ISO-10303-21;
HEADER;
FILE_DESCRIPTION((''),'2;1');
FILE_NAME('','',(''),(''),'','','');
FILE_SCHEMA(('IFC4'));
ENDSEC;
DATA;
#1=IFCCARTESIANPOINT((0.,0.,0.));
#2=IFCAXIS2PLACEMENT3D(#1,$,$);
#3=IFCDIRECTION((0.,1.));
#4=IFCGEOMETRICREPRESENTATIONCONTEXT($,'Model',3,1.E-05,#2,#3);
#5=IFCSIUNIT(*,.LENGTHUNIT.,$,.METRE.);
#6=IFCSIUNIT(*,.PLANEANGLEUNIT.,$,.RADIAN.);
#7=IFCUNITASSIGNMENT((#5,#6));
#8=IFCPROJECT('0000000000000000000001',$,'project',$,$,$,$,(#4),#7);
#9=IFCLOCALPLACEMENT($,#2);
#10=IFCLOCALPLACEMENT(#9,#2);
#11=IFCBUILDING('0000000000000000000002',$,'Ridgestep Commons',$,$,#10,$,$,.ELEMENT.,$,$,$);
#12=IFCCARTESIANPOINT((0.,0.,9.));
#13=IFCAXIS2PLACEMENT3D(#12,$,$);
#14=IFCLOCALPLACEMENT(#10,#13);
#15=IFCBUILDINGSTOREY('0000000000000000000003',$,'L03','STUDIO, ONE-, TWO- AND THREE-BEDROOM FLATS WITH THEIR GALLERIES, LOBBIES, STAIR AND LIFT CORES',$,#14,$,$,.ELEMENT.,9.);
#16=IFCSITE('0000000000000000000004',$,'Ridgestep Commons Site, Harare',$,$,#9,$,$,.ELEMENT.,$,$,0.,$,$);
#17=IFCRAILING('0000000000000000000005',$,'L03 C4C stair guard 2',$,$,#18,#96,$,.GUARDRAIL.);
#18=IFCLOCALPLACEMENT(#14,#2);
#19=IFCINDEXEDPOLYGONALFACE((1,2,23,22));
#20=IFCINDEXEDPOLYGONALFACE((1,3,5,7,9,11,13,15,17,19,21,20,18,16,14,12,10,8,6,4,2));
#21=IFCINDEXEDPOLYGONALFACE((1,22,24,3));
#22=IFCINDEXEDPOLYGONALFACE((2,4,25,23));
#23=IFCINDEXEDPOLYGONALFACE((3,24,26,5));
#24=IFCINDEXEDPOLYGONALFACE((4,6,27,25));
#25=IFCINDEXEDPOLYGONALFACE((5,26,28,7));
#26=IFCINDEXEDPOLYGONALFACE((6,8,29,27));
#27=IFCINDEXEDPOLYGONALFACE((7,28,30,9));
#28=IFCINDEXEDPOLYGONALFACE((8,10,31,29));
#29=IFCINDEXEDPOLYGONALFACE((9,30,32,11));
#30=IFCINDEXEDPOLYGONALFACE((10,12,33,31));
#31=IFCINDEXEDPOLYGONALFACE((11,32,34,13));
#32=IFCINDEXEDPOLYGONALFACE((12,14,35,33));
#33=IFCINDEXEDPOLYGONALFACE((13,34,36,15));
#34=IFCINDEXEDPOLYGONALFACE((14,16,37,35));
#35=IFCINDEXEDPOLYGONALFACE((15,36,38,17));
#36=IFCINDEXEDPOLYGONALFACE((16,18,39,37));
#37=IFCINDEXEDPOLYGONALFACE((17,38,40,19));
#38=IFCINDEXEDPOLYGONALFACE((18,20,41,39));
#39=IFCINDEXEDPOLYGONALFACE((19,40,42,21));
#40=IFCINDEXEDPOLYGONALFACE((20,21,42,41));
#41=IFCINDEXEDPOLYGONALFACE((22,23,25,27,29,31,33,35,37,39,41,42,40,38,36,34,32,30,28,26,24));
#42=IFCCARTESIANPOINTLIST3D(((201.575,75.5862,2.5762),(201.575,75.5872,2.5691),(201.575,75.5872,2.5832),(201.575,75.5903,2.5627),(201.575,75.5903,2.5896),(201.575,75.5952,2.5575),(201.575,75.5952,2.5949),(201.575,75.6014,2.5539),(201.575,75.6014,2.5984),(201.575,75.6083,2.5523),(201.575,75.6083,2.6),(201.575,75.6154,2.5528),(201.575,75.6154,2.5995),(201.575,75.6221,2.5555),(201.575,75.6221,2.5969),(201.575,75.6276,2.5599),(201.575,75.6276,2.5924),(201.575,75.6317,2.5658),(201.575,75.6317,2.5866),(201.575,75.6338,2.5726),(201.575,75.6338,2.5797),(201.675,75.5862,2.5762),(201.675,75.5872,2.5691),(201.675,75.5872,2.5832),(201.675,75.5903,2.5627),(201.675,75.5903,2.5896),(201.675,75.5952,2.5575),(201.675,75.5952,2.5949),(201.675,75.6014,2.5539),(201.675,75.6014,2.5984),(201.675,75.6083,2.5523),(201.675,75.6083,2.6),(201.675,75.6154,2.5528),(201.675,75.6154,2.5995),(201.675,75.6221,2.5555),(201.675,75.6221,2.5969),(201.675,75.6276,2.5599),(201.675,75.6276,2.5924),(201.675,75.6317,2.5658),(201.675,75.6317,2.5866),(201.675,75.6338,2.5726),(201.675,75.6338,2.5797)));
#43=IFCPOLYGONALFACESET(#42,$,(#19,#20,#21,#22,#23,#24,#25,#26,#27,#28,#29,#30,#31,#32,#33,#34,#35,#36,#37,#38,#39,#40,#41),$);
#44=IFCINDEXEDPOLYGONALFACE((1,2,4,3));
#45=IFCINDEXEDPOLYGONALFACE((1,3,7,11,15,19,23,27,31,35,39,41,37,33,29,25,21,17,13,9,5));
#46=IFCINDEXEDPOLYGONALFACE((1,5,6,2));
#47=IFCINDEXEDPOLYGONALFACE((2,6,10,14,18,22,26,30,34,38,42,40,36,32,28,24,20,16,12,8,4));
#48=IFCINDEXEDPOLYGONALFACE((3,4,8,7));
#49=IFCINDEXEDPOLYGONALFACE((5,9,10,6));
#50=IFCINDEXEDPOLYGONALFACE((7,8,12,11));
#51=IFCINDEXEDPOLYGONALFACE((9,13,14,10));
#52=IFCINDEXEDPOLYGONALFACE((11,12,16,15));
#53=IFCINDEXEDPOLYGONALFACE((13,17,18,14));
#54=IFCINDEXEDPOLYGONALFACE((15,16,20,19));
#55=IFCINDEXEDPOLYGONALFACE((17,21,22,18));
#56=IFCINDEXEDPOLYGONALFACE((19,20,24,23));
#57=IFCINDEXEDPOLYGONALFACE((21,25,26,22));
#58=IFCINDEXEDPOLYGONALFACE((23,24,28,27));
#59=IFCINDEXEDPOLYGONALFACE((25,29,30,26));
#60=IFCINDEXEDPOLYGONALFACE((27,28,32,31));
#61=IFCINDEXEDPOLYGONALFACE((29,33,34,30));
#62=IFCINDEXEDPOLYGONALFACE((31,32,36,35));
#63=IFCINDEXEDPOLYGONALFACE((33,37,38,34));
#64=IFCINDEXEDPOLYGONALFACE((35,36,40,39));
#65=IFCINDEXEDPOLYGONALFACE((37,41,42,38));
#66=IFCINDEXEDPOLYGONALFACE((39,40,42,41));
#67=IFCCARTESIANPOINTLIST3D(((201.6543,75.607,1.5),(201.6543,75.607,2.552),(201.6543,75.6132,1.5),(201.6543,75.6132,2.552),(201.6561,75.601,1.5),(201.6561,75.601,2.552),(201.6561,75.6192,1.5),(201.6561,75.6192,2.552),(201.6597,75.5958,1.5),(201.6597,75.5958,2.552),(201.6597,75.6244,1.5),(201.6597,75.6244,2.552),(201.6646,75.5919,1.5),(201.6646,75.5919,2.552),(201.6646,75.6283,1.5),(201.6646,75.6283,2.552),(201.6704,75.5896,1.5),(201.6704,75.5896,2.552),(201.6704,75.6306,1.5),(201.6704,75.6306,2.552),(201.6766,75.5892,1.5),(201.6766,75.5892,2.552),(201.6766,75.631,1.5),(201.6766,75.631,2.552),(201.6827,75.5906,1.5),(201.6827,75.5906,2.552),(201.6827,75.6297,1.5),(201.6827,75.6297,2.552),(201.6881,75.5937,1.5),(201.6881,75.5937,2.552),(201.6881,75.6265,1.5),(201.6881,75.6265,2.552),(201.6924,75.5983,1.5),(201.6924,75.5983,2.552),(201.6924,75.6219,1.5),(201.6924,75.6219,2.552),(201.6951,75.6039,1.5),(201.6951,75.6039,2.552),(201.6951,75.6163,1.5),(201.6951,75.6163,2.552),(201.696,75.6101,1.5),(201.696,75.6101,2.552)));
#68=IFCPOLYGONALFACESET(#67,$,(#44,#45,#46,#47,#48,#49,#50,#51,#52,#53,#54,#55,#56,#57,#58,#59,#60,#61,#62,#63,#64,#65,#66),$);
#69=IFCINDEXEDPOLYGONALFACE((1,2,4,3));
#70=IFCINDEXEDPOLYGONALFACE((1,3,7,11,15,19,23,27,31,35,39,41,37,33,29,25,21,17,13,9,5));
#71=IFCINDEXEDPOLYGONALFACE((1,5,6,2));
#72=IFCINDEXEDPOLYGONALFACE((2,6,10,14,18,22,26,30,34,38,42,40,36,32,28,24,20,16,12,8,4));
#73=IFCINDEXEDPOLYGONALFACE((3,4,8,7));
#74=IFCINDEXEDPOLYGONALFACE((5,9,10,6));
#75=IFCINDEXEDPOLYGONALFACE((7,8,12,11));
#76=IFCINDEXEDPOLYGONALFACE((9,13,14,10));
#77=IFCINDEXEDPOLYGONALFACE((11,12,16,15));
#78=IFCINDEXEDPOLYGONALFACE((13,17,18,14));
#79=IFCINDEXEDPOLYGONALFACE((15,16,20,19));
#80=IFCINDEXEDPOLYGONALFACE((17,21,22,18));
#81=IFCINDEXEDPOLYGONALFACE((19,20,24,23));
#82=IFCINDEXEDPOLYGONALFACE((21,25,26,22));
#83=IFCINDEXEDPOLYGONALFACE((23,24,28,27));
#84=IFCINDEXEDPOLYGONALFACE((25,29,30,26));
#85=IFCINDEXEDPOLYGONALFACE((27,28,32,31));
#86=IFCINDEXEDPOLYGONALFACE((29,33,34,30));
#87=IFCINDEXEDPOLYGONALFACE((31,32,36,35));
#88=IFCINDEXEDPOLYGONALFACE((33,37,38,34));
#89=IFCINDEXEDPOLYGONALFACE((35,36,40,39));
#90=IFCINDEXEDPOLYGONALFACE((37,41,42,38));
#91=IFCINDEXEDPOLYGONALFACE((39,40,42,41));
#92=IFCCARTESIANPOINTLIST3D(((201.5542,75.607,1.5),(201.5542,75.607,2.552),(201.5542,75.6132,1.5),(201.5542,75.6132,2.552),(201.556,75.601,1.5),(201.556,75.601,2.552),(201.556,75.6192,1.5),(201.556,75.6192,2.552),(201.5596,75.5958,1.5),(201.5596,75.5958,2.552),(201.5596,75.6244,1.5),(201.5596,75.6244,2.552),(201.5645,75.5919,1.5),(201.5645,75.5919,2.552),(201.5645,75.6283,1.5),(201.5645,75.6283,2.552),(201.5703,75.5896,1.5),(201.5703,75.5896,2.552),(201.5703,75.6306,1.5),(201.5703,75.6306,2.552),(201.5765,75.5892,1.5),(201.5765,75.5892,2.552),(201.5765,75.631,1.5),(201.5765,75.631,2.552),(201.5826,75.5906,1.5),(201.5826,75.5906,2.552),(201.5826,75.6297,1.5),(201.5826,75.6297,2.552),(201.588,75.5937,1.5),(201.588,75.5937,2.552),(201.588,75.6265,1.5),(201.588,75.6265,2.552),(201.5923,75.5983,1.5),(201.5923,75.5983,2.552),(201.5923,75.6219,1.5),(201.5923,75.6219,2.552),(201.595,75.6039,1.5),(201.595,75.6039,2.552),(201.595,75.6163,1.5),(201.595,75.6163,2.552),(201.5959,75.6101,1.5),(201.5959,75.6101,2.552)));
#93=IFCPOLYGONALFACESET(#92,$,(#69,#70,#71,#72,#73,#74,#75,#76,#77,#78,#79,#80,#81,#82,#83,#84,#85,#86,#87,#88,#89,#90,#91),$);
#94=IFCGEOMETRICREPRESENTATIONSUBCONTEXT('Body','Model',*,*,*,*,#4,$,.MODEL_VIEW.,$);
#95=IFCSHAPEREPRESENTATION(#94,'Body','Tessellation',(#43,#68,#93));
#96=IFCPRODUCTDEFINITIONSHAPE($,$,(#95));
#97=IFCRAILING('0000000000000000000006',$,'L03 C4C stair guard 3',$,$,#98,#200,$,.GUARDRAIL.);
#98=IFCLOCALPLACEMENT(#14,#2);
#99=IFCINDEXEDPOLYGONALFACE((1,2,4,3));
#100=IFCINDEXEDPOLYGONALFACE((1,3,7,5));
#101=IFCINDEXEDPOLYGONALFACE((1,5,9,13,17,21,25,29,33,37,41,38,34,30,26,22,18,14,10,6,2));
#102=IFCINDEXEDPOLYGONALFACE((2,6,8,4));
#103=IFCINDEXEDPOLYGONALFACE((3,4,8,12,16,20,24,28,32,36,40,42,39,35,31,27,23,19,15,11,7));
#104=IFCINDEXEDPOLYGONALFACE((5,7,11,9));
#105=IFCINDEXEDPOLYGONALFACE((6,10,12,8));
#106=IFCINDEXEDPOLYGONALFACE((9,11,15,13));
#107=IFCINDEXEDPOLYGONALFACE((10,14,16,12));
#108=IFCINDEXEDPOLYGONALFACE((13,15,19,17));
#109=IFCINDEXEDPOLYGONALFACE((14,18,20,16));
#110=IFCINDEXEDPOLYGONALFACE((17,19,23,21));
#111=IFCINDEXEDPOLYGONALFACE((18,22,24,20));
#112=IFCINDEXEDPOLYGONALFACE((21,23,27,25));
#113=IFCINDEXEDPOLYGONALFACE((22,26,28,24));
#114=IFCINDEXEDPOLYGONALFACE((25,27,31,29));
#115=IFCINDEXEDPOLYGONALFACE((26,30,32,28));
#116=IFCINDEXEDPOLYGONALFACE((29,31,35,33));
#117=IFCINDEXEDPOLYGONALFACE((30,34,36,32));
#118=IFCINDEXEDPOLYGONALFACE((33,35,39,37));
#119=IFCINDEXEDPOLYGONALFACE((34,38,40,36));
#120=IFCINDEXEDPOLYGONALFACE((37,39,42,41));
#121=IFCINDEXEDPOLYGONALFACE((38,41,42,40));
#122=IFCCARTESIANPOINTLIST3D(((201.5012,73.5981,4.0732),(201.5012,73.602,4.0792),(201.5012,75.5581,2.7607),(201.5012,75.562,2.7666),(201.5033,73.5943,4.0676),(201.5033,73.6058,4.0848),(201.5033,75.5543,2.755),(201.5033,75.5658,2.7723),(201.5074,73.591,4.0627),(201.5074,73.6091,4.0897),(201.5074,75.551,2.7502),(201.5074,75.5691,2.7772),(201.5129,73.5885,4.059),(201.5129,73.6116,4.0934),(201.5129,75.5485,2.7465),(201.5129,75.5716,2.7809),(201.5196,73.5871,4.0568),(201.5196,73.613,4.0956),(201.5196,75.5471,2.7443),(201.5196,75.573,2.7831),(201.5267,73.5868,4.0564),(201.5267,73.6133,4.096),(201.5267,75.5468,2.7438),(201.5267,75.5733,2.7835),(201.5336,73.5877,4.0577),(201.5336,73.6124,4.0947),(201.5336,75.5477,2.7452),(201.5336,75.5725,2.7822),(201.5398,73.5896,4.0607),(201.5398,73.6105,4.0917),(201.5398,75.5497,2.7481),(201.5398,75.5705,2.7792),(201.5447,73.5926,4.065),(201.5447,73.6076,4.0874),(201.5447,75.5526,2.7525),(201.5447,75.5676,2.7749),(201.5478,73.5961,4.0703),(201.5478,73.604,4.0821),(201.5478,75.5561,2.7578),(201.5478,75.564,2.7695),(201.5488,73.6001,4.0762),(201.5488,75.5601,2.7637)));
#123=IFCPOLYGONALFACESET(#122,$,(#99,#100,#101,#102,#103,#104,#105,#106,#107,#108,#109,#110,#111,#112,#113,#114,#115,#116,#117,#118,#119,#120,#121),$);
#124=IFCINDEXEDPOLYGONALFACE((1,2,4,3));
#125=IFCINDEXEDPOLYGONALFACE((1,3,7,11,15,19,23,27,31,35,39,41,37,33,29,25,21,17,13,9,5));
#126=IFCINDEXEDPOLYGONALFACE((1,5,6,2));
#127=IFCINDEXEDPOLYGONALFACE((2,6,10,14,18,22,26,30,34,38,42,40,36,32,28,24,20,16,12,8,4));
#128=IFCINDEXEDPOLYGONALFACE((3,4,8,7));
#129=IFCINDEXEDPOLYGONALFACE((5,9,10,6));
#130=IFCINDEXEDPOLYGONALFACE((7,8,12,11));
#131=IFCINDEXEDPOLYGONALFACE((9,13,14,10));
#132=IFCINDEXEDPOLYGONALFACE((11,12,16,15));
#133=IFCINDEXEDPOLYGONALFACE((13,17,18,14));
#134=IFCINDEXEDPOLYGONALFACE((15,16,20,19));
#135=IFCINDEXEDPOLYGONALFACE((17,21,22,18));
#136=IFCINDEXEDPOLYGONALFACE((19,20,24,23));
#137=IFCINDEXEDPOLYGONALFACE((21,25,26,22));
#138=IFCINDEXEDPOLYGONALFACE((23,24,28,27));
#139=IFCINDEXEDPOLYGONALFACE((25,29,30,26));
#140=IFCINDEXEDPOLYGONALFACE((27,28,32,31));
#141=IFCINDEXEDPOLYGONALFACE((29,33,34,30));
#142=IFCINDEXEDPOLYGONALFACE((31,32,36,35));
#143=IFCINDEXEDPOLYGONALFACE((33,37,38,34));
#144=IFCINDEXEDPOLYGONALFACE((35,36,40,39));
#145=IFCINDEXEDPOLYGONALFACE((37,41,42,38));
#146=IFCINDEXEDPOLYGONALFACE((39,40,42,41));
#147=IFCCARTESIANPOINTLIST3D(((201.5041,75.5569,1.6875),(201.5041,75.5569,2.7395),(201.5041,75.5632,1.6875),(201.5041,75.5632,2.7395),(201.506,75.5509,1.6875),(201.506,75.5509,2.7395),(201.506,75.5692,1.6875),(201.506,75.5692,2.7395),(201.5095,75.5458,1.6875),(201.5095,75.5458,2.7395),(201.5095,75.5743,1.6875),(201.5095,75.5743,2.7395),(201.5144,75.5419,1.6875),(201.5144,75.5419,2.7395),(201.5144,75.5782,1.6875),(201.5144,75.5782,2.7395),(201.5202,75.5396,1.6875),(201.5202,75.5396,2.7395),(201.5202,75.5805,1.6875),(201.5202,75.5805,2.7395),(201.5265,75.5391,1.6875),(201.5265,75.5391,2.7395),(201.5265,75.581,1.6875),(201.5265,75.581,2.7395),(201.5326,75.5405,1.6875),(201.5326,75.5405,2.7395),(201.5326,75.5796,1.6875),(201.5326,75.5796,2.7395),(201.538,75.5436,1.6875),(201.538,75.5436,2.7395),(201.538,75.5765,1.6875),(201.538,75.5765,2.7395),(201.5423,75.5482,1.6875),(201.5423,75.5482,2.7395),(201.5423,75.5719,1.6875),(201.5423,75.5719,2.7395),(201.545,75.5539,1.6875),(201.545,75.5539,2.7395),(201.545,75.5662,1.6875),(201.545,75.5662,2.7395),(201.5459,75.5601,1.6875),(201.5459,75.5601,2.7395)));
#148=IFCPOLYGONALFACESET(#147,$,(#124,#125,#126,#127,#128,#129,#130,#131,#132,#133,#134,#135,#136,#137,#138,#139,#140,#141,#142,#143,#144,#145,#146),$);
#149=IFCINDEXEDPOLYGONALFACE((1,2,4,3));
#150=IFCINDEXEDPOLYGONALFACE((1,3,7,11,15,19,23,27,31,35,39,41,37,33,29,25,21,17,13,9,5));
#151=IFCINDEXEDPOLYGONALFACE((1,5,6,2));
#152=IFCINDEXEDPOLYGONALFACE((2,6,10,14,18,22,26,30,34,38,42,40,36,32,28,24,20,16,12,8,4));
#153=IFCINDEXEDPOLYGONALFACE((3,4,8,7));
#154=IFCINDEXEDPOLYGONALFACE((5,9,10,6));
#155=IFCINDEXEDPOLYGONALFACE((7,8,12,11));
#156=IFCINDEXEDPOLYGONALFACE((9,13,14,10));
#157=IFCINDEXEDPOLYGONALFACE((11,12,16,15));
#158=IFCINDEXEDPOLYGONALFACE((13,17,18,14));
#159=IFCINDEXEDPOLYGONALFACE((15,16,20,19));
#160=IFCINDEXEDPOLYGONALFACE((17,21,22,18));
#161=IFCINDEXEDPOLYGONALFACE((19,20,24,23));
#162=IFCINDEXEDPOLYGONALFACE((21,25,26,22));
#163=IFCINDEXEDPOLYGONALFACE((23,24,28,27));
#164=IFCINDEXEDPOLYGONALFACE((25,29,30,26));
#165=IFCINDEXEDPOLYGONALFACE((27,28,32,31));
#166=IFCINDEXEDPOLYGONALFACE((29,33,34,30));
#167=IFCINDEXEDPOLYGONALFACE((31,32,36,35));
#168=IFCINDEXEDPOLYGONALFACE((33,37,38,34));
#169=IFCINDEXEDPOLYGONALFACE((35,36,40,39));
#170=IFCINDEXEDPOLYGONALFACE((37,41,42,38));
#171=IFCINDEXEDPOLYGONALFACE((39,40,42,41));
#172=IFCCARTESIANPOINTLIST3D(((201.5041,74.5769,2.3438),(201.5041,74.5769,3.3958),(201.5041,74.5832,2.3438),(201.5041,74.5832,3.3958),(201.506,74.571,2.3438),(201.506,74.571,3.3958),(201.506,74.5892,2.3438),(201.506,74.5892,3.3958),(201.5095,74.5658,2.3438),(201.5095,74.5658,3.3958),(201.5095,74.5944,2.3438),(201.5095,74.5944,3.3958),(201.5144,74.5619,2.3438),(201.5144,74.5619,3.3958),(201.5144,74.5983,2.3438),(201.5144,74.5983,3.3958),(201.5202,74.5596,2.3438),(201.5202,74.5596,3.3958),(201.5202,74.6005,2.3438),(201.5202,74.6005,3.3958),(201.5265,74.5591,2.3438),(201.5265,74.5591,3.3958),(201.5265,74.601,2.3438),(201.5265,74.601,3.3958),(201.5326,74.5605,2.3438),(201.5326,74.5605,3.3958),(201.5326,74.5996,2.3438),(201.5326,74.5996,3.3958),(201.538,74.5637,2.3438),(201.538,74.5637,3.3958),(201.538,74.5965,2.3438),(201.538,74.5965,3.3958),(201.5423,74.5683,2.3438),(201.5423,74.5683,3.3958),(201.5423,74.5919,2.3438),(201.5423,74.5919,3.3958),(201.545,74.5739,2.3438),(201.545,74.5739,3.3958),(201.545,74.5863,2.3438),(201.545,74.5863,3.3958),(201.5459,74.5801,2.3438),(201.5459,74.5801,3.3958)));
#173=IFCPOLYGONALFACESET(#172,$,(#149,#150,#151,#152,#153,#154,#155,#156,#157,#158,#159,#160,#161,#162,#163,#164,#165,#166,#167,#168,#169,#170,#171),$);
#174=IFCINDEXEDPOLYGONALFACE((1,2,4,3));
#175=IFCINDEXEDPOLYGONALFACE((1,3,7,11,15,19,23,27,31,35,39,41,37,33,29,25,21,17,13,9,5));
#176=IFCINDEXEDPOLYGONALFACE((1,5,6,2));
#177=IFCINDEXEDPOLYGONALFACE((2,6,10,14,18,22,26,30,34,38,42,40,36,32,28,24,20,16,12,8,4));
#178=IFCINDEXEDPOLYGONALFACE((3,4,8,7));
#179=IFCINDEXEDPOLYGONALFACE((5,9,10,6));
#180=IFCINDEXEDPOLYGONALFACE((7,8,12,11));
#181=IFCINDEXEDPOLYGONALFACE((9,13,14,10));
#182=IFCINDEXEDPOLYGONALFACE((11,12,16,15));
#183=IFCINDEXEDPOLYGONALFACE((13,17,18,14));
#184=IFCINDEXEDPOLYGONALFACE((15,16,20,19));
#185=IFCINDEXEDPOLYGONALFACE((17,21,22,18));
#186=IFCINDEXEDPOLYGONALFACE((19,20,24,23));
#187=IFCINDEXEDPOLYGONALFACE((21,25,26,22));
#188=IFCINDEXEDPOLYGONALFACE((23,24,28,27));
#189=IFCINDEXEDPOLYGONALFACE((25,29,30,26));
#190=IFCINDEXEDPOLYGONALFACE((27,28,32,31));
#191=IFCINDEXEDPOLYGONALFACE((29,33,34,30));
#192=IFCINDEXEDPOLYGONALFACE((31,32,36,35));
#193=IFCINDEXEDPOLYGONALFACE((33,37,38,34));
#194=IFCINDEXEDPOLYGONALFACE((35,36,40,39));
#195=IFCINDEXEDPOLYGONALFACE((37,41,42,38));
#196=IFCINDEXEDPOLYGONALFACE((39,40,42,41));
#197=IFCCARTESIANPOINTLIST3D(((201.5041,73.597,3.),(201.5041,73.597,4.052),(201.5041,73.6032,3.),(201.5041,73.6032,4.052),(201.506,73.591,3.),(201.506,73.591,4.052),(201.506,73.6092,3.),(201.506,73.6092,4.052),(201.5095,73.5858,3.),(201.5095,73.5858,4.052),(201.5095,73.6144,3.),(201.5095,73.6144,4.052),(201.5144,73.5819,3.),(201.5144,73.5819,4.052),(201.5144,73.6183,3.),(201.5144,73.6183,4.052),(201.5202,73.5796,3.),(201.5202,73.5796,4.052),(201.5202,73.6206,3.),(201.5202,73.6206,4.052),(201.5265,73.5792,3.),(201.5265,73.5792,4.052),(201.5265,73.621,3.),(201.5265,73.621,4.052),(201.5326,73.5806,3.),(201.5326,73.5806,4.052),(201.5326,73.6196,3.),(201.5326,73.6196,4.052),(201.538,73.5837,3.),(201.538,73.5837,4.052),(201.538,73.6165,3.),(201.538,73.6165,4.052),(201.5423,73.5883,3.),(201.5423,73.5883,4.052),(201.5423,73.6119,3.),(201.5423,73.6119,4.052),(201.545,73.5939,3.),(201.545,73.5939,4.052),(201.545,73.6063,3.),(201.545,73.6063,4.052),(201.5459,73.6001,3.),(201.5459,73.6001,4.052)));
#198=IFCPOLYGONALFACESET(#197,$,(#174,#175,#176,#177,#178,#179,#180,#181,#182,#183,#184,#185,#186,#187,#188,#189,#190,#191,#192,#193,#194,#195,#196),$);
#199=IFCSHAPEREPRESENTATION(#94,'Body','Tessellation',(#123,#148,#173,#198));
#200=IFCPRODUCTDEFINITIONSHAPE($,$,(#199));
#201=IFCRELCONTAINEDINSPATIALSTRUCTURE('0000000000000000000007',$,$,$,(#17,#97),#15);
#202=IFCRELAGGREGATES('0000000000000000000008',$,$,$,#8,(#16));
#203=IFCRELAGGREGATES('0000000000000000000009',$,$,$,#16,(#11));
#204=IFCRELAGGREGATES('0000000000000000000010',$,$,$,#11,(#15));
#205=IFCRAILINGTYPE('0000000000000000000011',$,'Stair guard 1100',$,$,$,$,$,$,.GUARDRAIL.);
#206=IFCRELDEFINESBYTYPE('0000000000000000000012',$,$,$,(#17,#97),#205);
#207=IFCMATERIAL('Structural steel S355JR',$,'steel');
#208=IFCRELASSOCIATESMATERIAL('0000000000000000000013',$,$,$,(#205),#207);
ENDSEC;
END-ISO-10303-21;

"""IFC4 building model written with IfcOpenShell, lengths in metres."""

from ifc_helpers import new_model, si_unit, direction, frame, origin, origin_2d, place, context, subcontext, project, spatial, circle, extrude, material, type_object, element, save


model = new_model("IFC4")

# Units and contexts
model_context = context("Model", 3, precision=1e-05, world=origin(), true_north=direction((0.0, 1.0)))
body_context = subcontext(model_context, "Body", "Model", "MODEL_VIEW")
ifc_project = project(units=[si_unit("LENGTHUNIT", "METRE"), si_unit("PLANEANGLEUNIT", "RADIAN")], contexts=[model_context])

# Site, building, storey
site_placement = place(None, origin())
site = spatial("IfcSite", under=ifc_project, at=site_placement, Name="Ridgestep Commons Site, Harare", CompositionType="ELEMENT", RefElevation=0.0)
building_placement = place(site_placement, origin())
building = spatial("IfcBuilding", under=site, at=building_placement, Name="Ridgestep Commons", CompositionType="ELEMENT")
storey_placement = place(building_placement, frame((0.0, 0.0, 9.0)))
storey = spatial("IfcBuildingStorey", under=building, at=storey_placement, Name="L03", Description="STUDIO, ONE-, TWO- AND THREE-BEDROOM FLATS WITH THEIR GALLERIES, LOBBIES, STAIR AND LIFT CORES", CompositionType="ELEMENT", Elevation=9.0)

# Railings
ifc_material_1 = material(Name="Structural steel S355JR", Category="steel")
railing_type_1 = type_object("IfcRailingType", Name="Stair guard 1100", PredefinedType="GUARDRAIL", material=ifc_material_1)
railing_1_placement = place(storey_placement, frame((201.675, 75.6101, 1.5)))
element("IfcRailing", 1, at=railing_1_placement, inside=storey, type_object=railing_type_1, Name="L03 C4C stair guard 2", PredefinedType="GUARDRAIL", context=body_context, shape_type="SweptSolid", body=[
    extrude(circle(Radius=0.0239, at=origin_2d()), frame((0.0, 0.0, 1.0762), z_axis=(-1.0, 0.0, 0.0), x_axis=(0.0, -1.0, 0.0)), (0.0, 0.0, 1.0), 0.1001),
    extrude(circle(Radius=0.021, at=origin_2d()), origin(), (0.0, 0.0, 1.0), 1.052),
    extrude(circle(Radius=0.021, at=origin_2d()), frame((-0.1001, 0.0, 0.0)), (0.0, 0.0, 1.0), 1.052),
])
railing_2_placement = place(storey_placement, frame((201.5249, 75.5601, 1.6875)))
element("IfcRailing", 2, at=railing_2_placement, inside=storey, type_object=railing_type_1, Name="L03 C4C stair guard 3", PredefinedType="GUARDRAIL", context=body_context, shape_type="SweptSolid", body=[
    extrude(circle(Radius=0.0239, at=origin_2d()), frame((0.0, 0.0, 1.0762), z_axis=(0.0, -0.830902, 0.556419), x_axis=(1.0, 0.0, 0.0)), (0.0, 0.0, 1.0), 2.3589),
    extrude(circle(Radius=0.021, at=origin_2d()), origin(), (0.0, 0.0, 1.0), 1.052),
    extrude(circle(Radius=0.021, at=origin_2d()), frame((0.0, -0.98, 0.6562)), (0.0, 0.0, 1.0), 1.052),
    extrude(circle(Radius=0.021, at=origin_2d()), frame((0.0, -1.96, 1.3125)), (0.0, 0.0, 1.0), 1.052),
])

save(model, "model.ifc")
